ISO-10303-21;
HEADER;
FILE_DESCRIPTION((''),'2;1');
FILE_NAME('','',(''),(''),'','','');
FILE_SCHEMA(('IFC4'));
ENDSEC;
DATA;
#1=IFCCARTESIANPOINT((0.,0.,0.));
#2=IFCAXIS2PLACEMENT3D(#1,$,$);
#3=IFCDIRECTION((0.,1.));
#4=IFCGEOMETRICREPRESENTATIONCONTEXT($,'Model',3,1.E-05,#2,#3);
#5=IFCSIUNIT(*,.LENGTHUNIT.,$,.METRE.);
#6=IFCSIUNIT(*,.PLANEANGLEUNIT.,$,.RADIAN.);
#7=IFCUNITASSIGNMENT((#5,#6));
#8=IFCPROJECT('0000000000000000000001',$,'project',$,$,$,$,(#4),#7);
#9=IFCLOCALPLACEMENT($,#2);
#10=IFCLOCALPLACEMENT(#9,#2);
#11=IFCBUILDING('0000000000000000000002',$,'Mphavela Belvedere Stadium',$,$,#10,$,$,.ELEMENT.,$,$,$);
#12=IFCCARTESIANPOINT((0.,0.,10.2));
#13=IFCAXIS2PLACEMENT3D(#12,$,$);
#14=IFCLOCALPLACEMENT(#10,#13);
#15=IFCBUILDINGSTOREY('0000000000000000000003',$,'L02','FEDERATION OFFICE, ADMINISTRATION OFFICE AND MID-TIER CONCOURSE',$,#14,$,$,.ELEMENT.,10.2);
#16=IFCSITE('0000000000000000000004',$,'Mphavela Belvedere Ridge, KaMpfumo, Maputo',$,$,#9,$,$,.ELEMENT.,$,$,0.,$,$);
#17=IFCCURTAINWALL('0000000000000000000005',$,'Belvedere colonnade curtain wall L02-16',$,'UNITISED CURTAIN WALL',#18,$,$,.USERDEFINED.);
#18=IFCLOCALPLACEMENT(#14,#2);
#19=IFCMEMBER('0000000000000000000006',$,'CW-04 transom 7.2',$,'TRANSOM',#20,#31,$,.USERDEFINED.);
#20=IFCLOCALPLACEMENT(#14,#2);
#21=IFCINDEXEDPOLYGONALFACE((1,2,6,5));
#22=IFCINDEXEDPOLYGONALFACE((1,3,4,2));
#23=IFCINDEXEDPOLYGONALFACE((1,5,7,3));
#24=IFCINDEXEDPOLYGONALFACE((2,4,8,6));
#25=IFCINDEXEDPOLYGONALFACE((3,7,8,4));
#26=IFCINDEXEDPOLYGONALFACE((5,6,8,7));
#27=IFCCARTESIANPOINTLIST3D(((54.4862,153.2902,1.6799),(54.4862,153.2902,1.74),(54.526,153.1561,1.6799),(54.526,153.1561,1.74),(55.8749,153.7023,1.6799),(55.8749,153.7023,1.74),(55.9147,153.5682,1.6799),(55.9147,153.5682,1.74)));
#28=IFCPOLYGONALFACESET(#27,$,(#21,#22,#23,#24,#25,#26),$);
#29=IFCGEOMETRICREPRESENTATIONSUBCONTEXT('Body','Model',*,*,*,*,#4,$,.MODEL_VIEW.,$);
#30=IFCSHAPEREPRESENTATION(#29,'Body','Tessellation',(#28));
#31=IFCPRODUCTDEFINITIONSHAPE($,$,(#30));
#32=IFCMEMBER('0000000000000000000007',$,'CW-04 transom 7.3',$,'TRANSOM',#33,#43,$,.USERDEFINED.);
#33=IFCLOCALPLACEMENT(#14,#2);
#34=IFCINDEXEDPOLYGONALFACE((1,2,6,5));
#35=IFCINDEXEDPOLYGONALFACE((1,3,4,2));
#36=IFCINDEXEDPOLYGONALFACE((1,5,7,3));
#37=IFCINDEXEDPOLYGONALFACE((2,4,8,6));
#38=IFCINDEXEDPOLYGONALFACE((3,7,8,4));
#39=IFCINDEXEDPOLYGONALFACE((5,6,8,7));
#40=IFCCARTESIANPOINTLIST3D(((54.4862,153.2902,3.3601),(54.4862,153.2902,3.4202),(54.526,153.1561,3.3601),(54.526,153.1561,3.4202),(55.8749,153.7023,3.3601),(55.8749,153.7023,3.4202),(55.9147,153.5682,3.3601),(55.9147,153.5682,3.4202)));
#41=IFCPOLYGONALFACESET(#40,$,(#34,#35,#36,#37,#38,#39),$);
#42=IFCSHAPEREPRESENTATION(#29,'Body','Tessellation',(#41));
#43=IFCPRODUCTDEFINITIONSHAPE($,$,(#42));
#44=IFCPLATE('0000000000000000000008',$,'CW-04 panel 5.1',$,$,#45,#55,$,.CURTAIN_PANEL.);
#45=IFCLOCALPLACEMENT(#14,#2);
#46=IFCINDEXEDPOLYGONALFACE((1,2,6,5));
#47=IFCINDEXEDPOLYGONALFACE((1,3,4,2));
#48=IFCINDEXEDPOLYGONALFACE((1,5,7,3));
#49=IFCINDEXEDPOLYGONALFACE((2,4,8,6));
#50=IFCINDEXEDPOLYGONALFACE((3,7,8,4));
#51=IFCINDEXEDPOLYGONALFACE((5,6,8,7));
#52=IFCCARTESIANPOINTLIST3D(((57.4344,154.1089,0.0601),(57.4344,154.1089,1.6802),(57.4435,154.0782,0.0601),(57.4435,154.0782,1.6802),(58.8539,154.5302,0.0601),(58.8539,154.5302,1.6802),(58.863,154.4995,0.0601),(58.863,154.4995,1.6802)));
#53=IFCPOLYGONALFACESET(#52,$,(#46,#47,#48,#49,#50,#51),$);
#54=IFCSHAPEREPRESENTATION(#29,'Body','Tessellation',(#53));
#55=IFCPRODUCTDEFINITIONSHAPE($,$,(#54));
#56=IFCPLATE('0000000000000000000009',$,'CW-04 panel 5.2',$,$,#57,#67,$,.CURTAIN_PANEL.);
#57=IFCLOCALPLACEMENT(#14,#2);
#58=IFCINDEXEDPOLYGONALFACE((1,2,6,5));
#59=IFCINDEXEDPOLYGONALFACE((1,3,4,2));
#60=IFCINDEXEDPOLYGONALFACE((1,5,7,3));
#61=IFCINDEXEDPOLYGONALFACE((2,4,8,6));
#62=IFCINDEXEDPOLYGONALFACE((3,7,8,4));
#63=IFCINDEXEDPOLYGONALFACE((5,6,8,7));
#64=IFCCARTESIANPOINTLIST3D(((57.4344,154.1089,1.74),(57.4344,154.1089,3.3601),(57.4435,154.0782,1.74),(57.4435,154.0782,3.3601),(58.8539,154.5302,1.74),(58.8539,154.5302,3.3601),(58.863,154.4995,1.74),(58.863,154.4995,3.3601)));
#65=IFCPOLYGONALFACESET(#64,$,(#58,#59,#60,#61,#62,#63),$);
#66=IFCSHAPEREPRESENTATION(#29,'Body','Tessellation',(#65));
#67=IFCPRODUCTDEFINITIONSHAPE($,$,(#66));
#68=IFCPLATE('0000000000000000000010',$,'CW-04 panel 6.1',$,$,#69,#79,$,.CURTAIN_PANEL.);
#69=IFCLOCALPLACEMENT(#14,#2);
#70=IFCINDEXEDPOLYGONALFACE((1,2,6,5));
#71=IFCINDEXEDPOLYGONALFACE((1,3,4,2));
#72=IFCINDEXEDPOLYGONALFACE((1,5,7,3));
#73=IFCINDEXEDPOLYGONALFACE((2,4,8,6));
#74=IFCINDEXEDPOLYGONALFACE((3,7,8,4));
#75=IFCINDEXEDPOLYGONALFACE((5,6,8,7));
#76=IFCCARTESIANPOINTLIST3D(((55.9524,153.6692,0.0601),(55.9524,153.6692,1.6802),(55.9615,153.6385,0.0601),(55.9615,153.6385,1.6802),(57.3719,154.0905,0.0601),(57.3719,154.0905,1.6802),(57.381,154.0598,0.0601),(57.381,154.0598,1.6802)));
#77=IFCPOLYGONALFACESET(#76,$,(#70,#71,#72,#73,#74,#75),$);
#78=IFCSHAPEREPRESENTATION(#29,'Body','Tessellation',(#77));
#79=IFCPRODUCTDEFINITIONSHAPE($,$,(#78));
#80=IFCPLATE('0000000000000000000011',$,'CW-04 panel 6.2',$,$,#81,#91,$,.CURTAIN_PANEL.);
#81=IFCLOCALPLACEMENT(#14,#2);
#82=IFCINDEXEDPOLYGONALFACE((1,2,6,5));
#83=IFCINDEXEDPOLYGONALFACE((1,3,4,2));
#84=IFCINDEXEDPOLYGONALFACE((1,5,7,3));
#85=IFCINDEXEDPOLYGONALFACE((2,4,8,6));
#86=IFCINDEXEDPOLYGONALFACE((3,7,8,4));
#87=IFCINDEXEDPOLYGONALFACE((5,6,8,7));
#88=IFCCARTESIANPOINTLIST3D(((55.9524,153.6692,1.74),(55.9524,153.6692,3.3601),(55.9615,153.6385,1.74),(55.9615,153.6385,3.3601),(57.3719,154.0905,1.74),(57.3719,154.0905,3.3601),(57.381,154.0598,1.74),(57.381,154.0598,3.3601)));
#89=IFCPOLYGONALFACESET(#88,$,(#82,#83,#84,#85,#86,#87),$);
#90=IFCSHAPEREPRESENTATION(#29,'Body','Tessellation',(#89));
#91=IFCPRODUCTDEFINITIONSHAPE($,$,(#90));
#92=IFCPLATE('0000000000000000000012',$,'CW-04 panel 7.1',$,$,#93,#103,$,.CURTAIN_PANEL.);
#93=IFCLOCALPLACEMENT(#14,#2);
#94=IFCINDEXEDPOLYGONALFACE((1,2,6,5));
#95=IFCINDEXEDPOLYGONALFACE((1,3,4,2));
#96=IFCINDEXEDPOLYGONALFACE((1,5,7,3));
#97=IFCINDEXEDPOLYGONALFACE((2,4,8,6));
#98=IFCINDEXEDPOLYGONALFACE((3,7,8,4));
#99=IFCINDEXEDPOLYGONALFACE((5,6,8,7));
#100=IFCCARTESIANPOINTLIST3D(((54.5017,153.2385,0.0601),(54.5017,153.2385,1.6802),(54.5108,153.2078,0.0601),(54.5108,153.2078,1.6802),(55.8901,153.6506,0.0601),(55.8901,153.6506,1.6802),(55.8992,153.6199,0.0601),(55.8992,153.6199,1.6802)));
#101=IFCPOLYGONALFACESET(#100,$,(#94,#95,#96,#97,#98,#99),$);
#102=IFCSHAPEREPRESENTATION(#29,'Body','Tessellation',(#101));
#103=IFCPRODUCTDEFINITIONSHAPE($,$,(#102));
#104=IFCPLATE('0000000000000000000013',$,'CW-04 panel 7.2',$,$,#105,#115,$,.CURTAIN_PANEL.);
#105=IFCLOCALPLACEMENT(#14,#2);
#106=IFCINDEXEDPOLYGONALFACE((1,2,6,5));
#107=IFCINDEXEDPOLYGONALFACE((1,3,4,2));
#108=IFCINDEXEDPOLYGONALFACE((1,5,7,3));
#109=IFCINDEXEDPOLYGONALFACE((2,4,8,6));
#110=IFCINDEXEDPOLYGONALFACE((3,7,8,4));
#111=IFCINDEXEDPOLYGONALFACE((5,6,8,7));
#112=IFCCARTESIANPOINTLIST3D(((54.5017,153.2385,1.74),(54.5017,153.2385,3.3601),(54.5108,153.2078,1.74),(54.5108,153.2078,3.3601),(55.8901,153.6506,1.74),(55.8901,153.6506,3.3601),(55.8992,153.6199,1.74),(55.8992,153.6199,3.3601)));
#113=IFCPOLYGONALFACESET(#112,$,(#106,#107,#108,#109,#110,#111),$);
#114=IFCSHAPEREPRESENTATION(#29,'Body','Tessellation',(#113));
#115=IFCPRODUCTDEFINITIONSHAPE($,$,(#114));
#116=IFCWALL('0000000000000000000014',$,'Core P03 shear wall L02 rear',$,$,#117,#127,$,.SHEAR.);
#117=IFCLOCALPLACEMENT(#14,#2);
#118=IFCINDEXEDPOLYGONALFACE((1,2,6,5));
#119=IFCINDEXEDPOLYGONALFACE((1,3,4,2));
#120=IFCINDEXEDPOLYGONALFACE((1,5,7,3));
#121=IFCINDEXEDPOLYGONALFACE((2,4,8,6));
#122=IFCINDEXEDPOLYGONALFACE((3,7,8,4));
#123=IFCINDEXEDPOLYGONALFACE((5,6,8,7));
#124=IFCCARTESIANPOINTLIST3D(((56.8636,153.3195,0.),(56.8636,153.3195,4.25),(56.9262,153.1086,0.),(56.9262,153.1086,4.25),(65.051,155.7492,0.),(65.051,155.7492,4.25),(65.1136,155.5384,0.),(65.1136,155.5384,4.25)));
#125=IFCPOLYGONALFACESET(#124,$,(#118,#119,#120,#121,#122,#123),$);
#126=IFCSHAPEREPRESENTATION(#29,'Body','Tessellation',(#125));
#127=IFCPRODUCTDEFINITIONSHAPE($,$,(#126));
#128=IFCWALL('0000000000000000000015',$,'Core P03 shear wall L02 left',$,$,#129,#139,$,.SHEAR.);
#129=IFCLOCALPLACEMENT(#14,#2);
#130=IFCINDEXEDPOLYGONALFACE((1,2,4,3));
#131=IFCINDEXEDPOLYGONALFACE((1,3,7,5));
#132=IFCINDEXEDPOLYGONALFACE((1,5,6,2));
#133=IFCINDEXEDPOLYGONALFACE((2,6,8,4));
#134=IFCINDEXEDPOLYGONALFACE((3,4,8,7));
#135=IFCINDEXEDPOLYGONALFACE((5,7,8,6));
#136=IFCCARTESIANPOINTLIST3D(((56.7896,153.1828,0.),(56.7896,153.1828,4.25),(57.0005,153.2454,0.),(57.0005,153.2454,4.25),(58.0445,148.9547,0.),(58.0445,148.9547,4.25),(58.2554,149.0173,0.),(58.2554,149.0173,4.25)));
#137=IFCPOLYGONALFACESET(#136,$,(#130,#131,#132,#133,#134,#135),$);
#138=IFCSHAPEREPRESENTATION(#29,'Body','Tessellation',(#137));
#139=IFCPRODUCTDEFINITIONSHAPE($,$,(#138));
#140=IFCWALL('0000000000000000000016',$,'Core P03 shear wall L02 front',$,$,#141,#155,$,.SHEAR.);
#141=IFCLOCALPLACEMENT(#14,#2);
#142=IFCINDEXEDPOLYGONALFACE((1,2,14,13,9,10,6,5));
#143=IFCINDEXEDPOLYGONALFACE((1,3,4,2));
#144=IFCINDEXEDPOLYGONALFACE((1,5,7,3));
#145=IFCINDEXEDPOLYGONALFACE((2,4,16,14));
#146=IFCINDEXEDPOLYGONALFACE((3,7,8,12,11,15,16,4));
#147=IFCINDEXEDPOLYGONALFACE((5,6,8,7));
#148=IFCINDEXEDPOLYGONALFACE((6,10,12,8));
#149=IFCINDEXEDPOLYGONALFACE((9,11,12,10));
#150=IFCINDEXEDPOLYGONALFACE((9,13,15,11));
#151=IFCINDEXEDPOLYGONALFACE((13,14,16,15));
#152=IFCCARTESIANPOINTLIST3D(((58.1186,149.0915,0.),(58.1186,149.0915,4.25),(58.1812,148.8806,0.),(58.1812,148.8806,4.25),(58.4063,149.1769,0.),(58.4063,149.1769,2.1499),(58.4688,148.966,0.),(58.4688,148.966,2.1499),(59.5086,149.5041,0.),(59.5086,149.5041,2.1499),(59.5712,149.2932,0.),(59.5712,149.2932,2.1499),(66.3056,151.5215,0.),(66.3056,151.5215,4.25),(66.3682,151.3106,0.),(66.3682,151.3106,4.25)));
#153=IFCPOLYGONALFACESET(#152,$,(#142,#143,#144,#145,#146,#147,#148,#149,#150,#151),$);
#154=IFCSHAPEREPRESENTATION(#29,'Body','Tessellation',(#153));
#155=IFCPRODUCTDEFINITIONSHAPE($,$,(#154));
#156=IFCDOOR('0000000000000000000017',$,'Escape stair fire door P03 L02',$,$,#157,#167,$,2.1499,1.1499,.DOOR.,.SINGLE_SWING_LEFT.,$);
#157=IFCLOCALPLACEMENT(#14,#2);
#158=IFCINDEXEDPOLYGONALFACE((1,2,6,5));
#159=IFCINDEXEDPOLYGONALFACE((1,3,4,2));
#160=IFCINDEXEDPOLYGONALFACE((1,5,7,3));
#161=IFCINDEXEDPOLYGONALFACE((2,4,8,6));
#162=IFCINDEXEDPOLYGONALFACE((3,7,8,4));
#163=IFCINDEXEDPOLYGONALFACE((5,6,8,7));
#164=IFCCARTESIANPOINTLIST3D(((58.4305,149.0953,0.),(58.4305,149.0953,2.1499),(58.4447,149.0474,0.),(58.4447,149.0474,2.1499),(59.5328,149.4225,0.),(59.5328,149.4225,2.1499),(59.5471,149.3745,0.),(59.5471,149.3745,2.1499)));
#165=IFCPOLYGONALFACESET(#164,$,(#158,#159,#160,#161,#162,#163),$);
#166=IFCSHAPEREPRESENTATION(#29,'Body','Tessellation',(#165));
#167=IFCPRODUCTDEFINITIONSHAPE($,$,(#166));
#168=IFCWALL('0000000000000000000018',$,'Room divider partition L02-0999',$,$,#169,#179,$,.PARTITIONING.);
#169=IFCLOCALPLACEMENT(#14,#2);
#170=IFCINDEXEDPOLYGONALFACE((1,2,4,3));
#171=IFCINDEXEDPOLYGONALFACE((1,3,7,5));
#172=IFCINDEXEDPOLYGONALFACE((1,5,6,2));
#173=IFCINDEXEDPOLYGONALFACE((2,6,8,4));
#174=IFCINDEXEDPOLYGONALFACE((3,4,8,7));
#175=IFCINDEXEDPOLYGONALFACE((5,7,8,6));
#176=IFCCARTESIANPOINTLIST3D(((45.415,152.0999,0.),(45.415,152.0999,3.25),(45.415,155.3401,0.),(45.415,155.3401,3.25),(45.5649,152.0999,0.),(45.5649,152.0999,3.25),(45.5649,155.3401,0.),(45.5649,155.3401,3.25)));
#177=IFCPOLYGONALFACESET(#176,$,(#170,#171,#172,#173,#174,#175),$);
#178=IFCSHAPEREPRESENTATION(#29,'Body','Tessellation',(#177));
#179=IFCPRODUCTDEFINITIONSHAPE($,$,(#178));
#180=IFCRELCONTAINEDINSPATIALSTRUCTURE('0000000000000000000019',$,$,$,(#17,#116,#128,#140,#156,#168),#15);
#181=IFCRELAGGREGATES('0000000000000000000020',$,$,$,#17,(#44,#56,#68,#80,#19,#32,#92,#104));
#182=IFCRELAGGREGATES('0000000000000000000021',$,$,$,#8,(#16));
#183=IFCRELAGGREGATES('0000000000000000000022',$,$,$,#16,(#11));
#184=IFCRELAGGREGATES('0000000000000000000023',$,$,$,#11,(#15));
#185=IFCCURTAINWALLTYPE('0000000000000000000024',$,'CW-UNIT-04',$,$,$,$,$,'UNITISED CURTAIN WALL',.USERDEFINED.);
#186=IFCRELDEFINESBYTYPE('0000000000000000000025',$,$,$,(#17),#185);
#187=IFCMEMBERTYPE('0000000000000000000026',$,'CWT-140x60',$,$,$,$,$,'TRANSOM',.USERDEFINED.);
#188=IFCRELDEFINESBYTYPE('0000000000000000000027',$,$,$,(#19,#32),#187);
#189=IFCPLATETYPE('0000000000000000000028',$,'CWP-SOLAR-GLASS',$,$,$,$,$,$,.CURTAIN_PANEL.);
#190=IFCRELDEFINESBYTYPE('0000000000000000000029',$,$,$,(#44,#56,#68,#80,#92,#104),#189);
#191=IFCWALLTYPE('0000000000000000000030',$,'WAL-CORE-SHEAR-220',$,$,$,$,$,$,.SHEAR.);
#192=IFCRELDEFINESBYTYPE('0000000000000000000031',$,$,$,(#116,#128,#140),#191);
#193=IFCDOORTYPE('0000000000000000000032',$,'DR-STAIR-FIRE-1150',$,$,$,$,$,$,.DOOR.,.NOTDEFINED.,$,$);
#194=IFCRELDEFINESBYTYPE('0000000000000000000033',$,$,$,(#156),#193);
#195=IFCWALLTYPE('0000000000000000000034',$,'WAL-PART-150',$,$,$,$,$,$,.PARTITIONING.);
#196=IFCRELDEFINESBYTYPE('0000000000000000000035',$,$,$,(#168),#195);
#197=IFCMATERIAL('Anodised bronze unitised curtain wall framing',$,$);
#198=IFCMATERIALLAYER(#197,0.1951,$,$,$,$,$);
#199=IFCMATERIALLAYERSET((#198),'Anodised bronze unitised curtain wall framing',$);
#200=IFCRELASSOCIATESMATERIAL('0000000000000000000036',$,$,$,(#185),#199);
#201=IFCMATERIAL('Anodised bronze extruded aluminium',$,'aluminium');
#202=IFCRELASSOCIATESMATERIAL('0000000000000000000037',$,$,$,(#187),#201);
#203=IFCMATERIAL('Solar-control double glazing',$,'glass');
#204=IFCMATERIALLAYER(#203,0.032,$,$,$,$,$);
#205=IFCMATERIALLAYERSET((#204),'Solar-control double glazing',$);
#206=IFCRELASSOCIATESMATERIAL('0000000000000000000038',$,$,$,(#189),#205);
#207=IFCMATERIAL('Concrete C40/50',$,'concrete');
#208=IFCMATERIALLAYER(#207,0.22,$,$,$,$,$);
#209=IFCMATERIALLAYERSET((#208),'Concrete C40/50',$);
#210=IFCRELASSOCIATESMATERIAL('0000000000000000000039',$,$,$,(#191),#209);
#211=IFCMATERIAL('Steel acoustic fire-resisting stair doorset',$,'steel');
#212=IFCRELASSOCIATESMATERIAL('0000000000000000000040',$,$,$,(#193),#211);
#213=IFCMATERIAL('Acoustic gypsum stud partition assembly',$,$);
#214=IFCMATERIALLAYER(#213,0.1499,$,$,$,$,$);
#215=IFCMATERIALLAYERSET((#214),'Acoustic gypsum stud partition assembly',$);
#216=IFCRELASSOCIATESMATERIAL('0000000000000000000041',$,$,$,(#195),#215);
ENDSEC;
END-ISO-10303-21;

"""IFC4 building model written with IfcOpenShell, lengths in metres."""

from ifc_helpers import new_model, si_unit, direction, frame, frame_2d, origin, origin_2d, place, context, subcontext, project, spatial, rectangle, extrude, material, layer, layer_set, material_profile, profile_set, type_object, element, fill, aggregate, save


model = new_model("IFC4")

# Units and contexts
model_context = context("Model", 3, precision=1e-05, world=origin(), true_north=direction((0.0, 1.0)))
body_context = subcontext(model_context, "Body", "Model", "MODEL_VIEW")
ifc_project = project(units=[si_unit("LENGTHUNIT", "METRE"), si_unit("PLANEANGLEUNIT", "RADIAN")], contexts=[model_context])

# Site, building, storey
site_placement = place(None, origin())
site = spatial("IfcSite", under=ifc_project, at=site_placement, Name="Mphavela Belvedere Ridge, KaMpfumo, Maputo", CompositionType="ELEMENT", RefElevation=0.0)
building_placement = place(site_placement, origin())
building = spatial("IfcBuilding", under=site, at=building_placement, Name="Mphavela Belvedere Stadium", CompositionType="ELEMENT")
storey_placement = place(building_placement, frame((0.0, 0.0, 10.2)))
storey = spatial("IfcBuildingStorey", under=building, at=storey_placement, Name="L02", Description="FEDERATION OFFICE, ADMINISTRATION OFFICE AND MID-TIER CONCOURSE", CompositionType="ELEMENT", Elevation=10.2)

# Curtain wall, members, plates
ifc_material_1 = material(Name="Anodised bronze unitised curtain wall framing")
ifc_layer_1 = layer(ifc_material_1, 0.1951)
ifc_layer_set_1 = layer_set([ifc_layer_1], Name="Anodised bronze unitised curtain wall framing")
curtain_wall_type = type_object("IfcCurtainWallType", Name="CW-UNIT-04", ElementType="UNITISED CURTAIN WALL", PredefinedType="USERDEFINED", material=ifc_layer_set_1)
curtain_wall_placement = place(storey_placement, origin())
curtain_wall = element("IfcCurtainWall", 1, at=curtain_wall_placement, inside=storey, type_object=curtain_wall_type, Name="Belvedere colonnade curtain wall L02-16", ObjectType="UNITISED CURTAIN WALL", PredefinedType="USERDEFINED")
ifc_material_2 = material(Name="Anodised bronze extruded aluminium", Category="aluminium")
ifc_material_profile_1 = material_profile(ifc_material_2, rectangle(XDim=0.1399, YDim=0.0601, at=origin_2d()), Name="CW-TRN 140x60")
ifc_profile_set_1 = profile_set([ifc_material_profile_1], Name="Anodised bronze extruded aluminium")
member_type_1 = type_object("IfcMemberType", Name="CWT-140x60", ElementType="TRANSOM", PredefinedType="USERDEFINED", material=ifc_profile_set_1)
member_1_placement = place(storey_placement, frame((55.8948, 153.6353, 1.71), z_axis=(-0.958676, -0.284501, 0.0), x_axis=(0.284501, -0.958676, 0.0)))
member_1 = element("IfcMember", 2, at=member_1_placement, type_object=member_type_1, Name="CW-04 transom 7.2", ObjectType="TRANSOM", PredefinedType="USERDEFINED", context=body_context, shape_type="SweptSolid", body=[
    extrude(rectangle(XDim=0.1399, YDim=0.0601, at=origin_2d()), origin(), (0.0, 0.0, 1.0), 1.4485),
])
member_2_placement = place(storey_placement, frame((55.8948, 153.6353, 3.3901), z_axis=(-0.958676, -0.284501, 0.0), x_axis=(0.284501, -0.958676, 0.0)))
member_2 = element("IfcMember", 3, at=member_2_placement, type_object=member_type_1, Name="CW-04 transom 7.3", ObjectType="TRANSOM", PredefinedType="USERDEFINED", context=body_context, shape_type="SweptSolid", body=[
    extrude(rectangle(XDim=0.1399, YDim=0.0601, at=origin_2d()), origin(), (0.0, 0.0, 1.0), 1.4485),
])
ifc_material_3 = material(Name="Solar-control double glazing", Category="glass")
ifc_layer_2 = layer(ifc_material_3, 0.032)
ifc_layer_set_2 = layer_set([ifc_layer_2], Name="Solar-control double glazing")
plate_type = type_object("IfcPlateType", Name="CWP-SOLAR-GLASS", PredefinedType="CURTAIN_PANEL", material=ifc_layer_set_2)
plate_1_placement = place(storey_placement, frame((58.1487, 154.3042, 0.0601), z_axis=(0.0, 0.0, 1.0), x_axis=(-0.958662, -0.284547, 0.0)))
plate_1 = element("IfcPlate", 4, at=plate_1_placement, type_object=plate_type, Name="CW-04 panel 5.1", PredefinedType="CURTAIN_PANEL", context=body_context, shape_type="SweptSolid", body=[
    extrude(rectangle(XDim=1.4807, YDim=0.032, at=origin_2d()), origin(), (0.0, 0.0, 1.0), 1.6201),
])
plate_2_placement = place(storey_placement, frame((58.1487, 154.3042, 1.74), z_axis=(0.0, 0.0, 1.0), x_axis=(-0.958662, -0.284547, 0.0)))
plate_2 = element("IfcPlate", 5, at=plate_2_placement, type_object=plate_type, Name="CW-04 panel 5.2", PredefinedType="CURTAIN_PANEL", context=body_context, shape_type="SweptSolid", body=[
    extrude(rectangle(XDim=1.4807, YDim=0.032, at=origin_2d()), origin(), (0.0, 0.0, 1.0), 1.6201),
])
plate_3_placement = place(storey_placement, frame((56.6667, 153.8645, 0.0601), z_axis=(0.0, 0.0, 1.0), x_axis=(-0.958662, -0.284547, 0.0)))
plate_3 = element("IfcPlate", 6, at=plate_3_placement, type_object=plate_type, Name="CW-04 panel 6.1", PredefinedType="CURTAIN_PANEL", context=body_context, shape_type="SweptSolid", body=[
    extrude(rectangle(XDim=1.4807, YDim=0.032, at=origin_2d()), origin(), (0.0, 0.0, 1.0), 1.6201),
])
plate_4_placement = place(storey_placement, frame((56.6667, 153.8645, 1.74), z_axis=(0.0, 0.0, 1.0), x_axis=(-0.958662, -0.284547, 0.0)))
plate_4 = element("IfcPlate", 7, at=plate_4_placement, type_object=plate_type, Name="CW-04 panel 6.2", PredefinedType="CURTAIN_PANEL", context=body_context, shape_type="SweptSolid", body=[
    extrude(rectangle(XDim=1.4807, YDim=0.032, at=origin_2d()), origin(), (0.0, 0.0, 1.0), 1.6201),
])
plate_5_placement = place(storey_placement, frame((55.2004, 153.4292, 0.0601), z_axis=(0.0, 0.0, 1.0), x_axis=(-0.958662, -0.284547, 0.0)))
plate_5 = element("IfcPlate", 8, at=plate_5_placement, type_object=plate_type, Name="CW-04 panel 7.1", PredefinedType="CURTAIN_PANEL", context=body_context, shape_type="SweptSolid", body=[
    extrude(rectangle(XDim=1.4482, YDim=0.032, at=origin_2d()), origin(), (0.0, 0.0, 1.0), 1.6201),
])
plate_6_placement = place(storey_placement, frame((55.2004, 153.4292, 1.74), z_axis=(0.0, 0.0, 1.0), x_axis=(-0.958662, -0.284547, 0.0)))
plate_6 = element("IfcPlate", 9, at=plate_6_placement, type_object=plate_type, Name="CW-04 panel 7.2", PredefinedType="CURTAIN_PANEL", context=body_context, shape_type="SweptSolid", body=[
    extrude(rectangle(XDim=1.4482, YDim=0.032, at=origin_2d()), origin(), (0.0, 0.0, 1.0), 1.6201),
])
aggregate(curtain_wall, [plate_1, plate_2, plate_3, plate_4, member_1, member_2, plate_5, plate_6])

# Walls
ifc_material_4 = material(Name="Concrete C40/50", Category="concrete")
ifc_layer_3 = layer(ifc_material_4, 0.22)
ifc_layer_set_3 = layer_set([ifc_layer_3], Name="Concrete C40/50")
wall_type_1 = type_object("IfcWallType", Name="WAL-CORE-SHEAR-220", PredefinedType="SHEAR", material=ifc_layer_set_3)
wall_1_placement = place(storey_placement, frame((56.895, 153.2141, 0.0), z_axis=(0.0, 0.0, 1.0), x_axis=(0.958676, 0.284501, 0.0)))
element("IfcWall", 10, at=wall_1_placement, inside=storey, type_object=wall_type_1, Name="Core P03 shear wall L02 rear", PredefinedType="SHEAR", context=body_context, shape_type="SweptSolid", body=[
    extrude(rectangle(XDim=8.5403, YDim=0.22, at=frame_2d((4.27, 0.0))), origin(), (0.0, 0.0, 1.0), 4.25),
])
wall_2_placement = place(storey_placement, frame((58.1499, 148.9861, 0.0), z_axis=(0.0, 0.0, 1.0), x_axis=(-0.284533, 0.958666, 0.0)))
element("IfcWall", 11, at=wall_2_placement, inside=storey, type_object=wall_type_1, Name="Core P03 shear wall L02 left", PredefinedType="SHEAR", context=body_context, shape_type="SweptSolid", body=[
    extrude(rectangle(XDim=4.4104, YDim=0.22, at=frame_2d((2.2051, 0.0))), origin(), (0.0, 0.0, 1.0), 4.25),
])

# Wall, opening, door
wall_3_placement = place(storey_placement, frame((58.1499, 148.9861, 0.0), z_axis=(0.0, 0.0, 1.0), x_axis=(0.958666, 0.284535, 0.0)))
wall_3 = element("IfcWall", 12, at=wall_3_placement, inside=storey, type_object=wall_type_1, Name="Core P03 shear wall L02 front", PredefinedType="SHEAR", context=body_context, shape_type="SweptSolid", body=[
    extrude(rectangle(XDim=8.54, YDim=0.22, at=frame_2d((4.27, 0.0))), origin(), (0.0, 0.0, 1.0), 4.25),
])
opening_placement = place(wall_3_placement, frame((0.3, 0.0, 0.0)))
opening = element("IfcOpeningElement", 13, at=opening_placement, cuts=wall_3, PredefinedType="OPENING", context=body_context, shape_type="SweptSolid", body=[
    extrude(rectangle(XDim=1.1499, YDim=2.1499, at=frame_2d((0.575, 1.075))), frame((0.0, 0.1201, 0.0), z_axis=(0.0, -1.0, 0.0), x_axis=(1.0, 0.0, 0.0)), (0.0, 0.0, 1.0), 0.24),
])
ifc_material_5 = material(Name="Steel acoustic fire-resisting stair doorset", Category="steel")
door_type = type_object("IfcDoorType", Name="DR-STAIR-FIRE-1150", OperationType="NOTDEFINED", PredefinedType="DOOR", material=ifc_material_5)
door_placement = place(opening_placement, origin())
door = element("IfcDoor", 14, at=door_placement, inside=storey, type_object=door_type, Name="Escape stair fire door P03 L02", OperationType="SINGLE_SWING_LEFT", OverallHeight=2.1499, OverallWidth=1.1499, PredefinedType="DOOR", context=body_context, shape_type="SweptSolid", body=[
    extrude(rectangle(XDim=1.1499, YDim=2.1499, at=frame_2d((0.575, 1.075))), frame((0.0, 0.0249, 0.0), z_axis=(0.0, -1.0, 0.0), x_axis=(1.0, 0.0, 0.0)), (0.0, 0.0, 1.0), 0.05),
])
fill(opening, door)

# Wall
ifc_material_6 = material(Name="Acoustic gypsum stud partition assembly")
ifc_layer_4 = layer(ifc_material_6, 0.1499)
ifc_layer_set_4 = layer_set([ifc_layer_4], Name="Acoustic gypsum stud partition assembly")
wall_type_2 = type_object("IfcWallType", Name="WAL-PART-150", PredefinedType="PARTITIONING", material=ifc_layer_set_4)
wall_4_placement = place(storey_placement, frame((45.49, 155.3401, 0.0), z_axis=(0.0, 0.0, 1.0), x_axis=(0.0, -1.0, 0.0)))
element("IfcWall", 15, at=wall_4_placement, inside=storey, type_object=wall_type_2, Name="Room divider partition L02-0999", PredefinedType="PARTITIONING", context=body_context, shape_type="SweptSolid", body=[
    extrude(rectangle(XDim=3.2402, YDim=0.1499, at=frame_2d((1.6201, 0.0))), origin(), (0.0, 0.0, 1.0), 3.25),
])

save(model, "model.ifc")
